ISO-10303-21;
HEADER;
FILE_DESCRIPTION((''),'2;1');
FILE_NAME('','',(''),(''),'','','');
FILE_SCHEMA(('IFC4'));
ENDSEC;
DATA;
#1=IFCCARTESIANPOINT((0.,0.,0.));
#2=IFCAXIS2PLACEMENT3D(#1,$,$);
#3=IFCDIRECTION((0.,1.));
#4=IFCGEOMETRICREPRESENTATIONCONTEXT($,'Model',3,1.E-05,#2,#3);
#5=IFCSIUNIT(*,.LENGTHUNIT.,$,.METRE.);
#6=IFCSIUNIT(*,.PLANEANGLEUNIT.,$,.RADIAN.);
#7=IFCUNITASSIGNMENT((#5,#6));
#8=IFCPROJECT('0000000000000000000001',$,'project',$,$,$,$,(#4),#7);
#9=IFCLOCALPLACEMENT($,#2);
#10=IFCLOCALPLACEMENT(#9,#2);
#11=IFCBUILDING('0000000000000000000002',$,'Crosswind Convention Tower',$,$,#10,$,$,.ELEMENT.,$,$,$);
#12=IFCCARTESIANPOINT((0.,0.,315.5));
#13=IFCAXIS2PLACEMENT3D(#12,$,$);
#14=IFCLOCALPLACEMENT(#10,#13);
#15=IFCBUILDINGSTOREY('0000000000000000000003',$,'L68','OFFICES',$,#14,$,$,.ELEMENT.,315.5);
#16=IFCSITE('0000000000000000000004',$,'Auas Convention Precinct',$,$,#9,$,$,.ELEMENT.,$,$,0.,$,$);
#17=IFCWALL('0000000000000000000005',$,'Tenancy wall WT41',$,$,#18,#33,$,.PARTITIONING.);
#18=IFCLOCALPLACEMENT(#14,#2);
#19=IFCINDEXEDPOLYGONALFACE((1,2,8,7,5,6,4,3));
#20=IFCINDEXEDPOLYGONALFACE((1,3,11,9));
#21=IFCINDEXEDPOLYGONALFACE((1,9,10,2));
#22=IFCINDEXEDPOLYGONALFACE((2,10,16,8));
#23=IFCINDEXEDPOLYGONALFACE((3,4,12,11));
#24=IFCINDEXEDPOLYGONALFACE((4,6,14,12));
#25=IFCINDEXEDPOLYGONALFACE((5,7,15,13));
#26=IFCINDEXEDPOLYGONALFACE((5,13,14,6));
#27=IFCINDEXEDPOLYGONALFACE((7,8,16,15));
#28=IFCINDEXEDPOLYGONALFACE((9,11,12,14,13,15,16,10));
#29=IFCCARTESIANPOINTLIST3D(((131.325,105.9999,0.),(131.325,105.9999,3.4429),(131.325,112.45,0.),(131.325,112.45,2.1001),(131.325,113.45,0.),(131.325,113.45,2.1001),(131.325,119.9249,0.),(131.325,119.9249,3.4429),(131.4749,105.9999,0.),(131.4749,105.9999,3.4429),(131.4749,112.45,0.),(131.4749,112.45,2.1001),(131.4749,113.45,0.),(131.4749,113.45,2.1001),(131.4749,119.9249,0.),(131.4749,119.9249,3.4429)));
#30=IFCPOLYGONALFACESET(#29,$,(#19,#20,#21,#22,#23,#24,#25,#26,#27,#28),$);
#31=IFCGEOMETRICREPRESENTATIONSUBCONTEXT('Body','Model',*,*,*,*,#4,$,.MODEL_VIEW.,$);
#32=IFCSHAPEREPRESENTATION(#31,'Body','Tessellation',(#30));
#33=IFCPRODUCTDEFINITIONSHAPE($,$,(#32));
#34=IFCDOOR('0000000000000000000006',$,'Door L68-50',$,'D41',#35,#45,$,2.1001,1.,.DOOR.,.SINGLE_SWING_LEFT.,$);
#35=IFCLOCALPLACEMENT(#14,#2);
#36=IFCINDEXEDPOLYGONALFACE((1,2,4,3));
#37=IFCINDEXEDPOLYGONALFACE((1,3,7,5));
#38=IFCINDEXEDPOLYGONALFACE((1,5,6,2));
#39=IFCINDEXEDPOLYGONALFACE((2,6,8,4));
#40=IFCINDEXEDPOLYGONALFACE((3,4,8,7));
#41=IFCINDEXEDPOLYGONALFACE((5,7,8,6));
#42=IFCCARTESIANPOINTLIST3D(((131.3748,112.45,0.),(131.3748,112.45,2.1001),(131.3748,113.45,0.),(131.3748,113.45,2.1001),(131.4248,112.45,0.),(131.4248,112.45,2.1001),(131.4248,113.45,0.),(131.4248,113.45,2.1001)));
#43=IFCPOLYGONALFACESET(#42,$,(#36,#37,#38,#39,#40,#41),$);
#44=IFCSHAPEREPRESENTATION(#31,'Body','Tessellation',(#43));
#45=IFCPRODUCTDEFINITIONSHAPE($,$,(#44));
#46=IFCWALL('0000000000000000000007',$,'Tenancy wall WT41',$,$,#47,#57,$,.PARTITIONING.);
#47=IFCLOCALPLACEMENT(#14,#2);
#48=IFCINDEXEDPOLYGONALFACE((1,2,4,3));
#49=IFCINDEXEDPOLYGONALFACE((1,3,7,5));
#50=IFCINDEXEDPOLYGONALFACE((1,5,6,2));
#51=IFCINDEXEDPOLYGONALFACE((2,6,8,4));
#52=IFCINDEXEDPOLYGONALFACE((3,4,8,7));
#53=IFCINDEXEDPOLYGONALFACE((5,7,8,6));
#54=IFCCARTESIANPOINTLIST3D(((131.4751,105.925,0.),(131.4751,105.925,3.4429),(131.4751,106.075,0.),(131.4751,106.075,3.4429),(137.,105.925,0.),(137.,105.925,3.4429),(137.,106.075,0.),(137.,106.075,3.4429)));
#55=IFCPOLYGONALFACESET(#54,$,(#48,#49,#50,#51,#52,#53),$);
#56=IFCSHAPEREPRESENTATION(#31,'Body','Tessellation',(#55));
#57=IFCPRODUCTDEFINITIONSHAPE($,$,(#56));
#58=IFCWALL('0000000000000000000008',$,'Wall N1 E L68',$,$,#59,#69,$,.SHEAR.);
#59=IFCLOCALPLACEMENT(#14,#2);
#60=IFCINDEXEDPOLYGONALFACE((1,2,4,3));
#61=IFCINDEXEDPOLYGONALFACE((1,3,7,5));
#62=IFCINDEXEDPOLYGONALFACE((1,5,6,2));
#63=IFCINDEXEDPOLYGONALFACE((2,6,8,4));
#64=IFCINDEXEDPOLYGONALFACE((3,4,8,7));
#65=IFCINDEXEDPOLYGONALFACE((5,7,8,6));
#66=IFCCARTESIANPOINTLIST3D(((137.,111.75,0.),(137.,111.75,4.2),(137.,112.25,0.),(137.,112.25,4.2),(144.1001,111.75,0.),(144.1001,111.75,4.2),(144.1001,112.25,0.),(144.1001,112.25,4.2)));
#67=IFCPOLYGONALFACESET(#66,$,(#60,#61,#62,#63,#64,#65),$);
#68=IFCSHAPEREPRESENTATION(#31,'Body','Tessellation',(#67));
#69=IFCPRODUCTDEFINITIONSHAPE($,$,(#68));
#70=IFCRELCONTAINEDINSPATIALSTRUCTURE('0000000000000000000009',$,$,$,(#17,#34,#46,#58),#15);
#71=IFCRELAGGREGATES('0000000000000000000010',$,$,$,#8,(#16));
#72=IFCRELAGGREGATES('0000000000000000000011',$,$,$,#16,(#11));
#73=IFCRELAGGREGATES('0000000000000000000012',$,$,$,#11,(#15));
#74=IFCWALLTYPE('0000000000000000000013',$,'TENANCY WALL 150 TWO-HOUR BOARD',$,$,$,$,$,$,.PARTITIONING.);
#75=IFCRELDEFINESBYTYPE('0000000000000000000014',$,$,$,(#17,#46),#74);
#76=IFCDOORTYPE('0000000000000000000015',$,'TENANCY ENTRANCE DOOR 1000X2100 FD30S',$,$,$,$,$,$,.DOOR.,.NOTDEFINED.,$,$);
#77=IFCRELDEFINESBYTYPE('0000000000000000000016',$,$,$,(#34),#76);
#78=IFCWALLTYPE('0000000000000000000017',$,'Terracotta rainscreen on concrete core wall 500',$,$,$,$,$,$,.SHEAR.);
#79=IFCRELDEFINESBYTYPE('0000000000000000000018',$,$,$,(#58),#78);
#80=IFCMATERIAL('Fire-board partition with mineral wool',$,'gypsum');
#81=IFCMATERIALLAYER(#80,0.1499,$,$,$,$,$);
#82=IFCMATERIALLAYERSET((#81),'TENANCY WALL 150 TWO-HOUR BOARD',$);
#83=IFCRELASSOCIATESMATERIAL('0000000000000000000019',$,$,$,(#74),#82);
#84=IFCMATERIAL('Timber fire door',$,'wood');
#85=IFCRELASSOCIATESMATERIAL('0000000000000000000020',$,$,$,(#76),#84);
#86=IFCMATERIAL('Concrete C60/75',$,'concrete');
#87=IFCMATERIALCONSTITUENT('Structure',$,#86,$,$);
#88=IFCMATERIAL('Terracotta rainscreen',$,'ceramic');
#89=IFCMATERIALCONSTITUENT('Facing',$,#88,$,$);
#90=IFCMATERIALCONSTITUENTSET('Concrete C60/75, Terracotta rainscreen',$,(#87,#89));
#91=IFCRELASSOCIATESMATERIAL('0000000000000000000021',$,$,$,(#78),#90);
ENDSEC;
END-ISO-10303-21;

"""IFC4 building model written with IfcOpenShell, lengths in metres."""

from ifc_helpers import new_model, si_unit, direction, frame, frame_2d, origin, place, context, subcontext, project, spatial, rectangle, extrude, material, layer, layer_set, constituent, constituent_set, type_object, element, fill, save


model = new_model("IFC4")

# Units and contexts
model_context = context("Model", 3, precision=1e-05, world=origin(), true_north=direction((0.0, 1.0)))
body_context = subcontext(model_context, "Body", "Model", "MODEL_VIEW")
ifc_project = project(units=[si_unit("LENGTHUNIT", "METRE"), si_unit("PLANEANGLEUNIT", "RADIAN")], contexts=[model_context])

# Site, building, storey
site_placement = place(None, origin())
site = spatial("IfcSite", under=ifc_project, at=site_placement, Name="Auas Convention Precinct", CompositionType="ELEMENT", RefElevation=0.0)
building_placement = place(site_placement, origin())
building = spatial("IfcBuilding", under=site, at=building_placement, Name="Crosswind Convention Tower", CompositionType="ELEMENT")
storey_placement = place(building_placement, frame((0.0, 0.0, 315.5)))
storey = spatial("IfcBuildingStorey", under=building, at=storey_placement, Name="L68", Description="OFFICES", CompositionType="ELEMENT", Elevation=315.5)

# Shared definitions
ifc_material_1 = material(Name="Concrete C60/75", Category="concrete")

# Wall, opening, door
ifc_material_2 = material(Name="Fire-board partition with mineral wool", Category="gypsum")
ifc_layer = layer(ifc_material_2, 0.1499)
ifc_layer_set = layer_set([ifc_layer], Name="TENANCY WALL 150 TWO-HOUR BOARD")
wall_type_1 = type_object("IfcWallType", Name="TENANCY WALL 150 TWO-HOUR BOARD", PredefinedType="PARTITIONING", material=ifc_layer_set)
wall_1_placement = place(storey_placement, frame((131.3999, 106.0, 0.0), z_axis=(0.0, 0.0, 1.0), x_axis=(0.0, 1.0, 0.0)))
wall_1 = element("IfcWall", 1, at=wall_1_placement, inside=storey, type_object=wall_type_1, Name="Tenancy wall WT41", PredefinedType="PARTITIONING", context=body_context, shape_type="SweptSolid", body=[
    extrude(rectangle(XDim=13.925, YDim=0.1499, at=frame_2d((6.9624, 0.0))), origin(), (0.0, 0.0, 1.0), 3.4429),
])
opening_placement = place(wall_1_placement, frame((6.45, 0.0, 0.0)))
opening = element("IfcOpeningElement", 2, at=opening_placement, cuts=wall_1, PredefinedType="OPENING", context=body_context, shape_type="SweptSolid", body=[
    extrude(rectangle(XDim=1.0, YDim=2.1001, at=frame_2d((0.5, 1.05))), frame((0.0, 0.085, 0.0), z_axis=(0.0, -1.0, 0.0), x_axis=(1.0, 0.0, 0.0)), (0.0, 0.0, 1.0), 0.1699),
])
ifc_material_3 = material(Name="Timber fire door", Category="wood")
door_type = type_object("IfcDoorType", Name="TENANCY ENTRANCE DOOR 1000X2100 FD30S", OperationType="NOTDEFINED", PredefinedType="DOOR", material=ifc_material_3)
door_placement = place(opening_placement, frame((1.0, 0.0, 0.0), z_axis=(0.0, 0.0, 1.0), x_axis=(-1.0, 0.0, 0.0)))
door = element("IfcDoor", 3, at=door_placement, inside=storey, type_object=door_type, Name="Door L68-50", ObjectType="D41", OperationType="SINGLE_SWING_LEFT", OverallHeight=2.1001, OverallWidth=1.0, PredefinedType="DOOR", context=body_context, shape_type="SweptSolid", body=[
    extrude(rectangle(XDim=1.0, YDim=2.1001, at=frame_2d((0.5, 1.05))), frame((0.0, 0.0249, 0.0), z_axis=(0.0, -1.0, 0.0), x_axis=(1.0, 0.0, 0.0)), (0.0, 0.0, 1.0), 0.05),
])
fill(opening, door)

# Walls
wall_2_placement = place(storey_placement, frame((131.4751, 106.0, 0.0), z_axis=(0.0, 0.0, 1.0), x_axis=(1.0, 0.0, 0.0)))
element("IfcWall", 4, at=wall_2_placement, inside=storey, type_object=wall_type_1, Name="Tenancy wall WT41", PredefinedType="PARTITIONING", context=body_context, shape_type="SweptSolid", body=[
    extrude(rectangle(XDim=5.5249, YDim=0.1499, at=frame_2d((2.7625, 0.0))), origin(), (0.0, 0.0, 1.0), 3.4429),
])
ifc_constituent_1 = constituent(ifc_material_1, Name="Structure")
ifc_material_4 = material(Name="Terracotta rainscreen", Category="ceramic")
ifc_constituent_2 = constituent(ifc_material_4, Name="Facing")
ifc_constituent_set = constituent_set(constituents=[ifc_constituent_1, ifc_constituent_2], Name="Concrete C60/75, Terracotta rainscreen")
wall_type_2 = type_object("IfcWallType", Name="Terracotta rainscreen on concrete core wall 500", PredefinedType="SHEAR", material=ifc_constituent_set)
wall_3_placement = place(storey_placement, frame((137.0, 112.0, 0.0), z_axis=(0.0, 0.0, 1.0), x_axis=(1.0, 0.0, 0.0)))
element("IfcWall", 5, at=wall_3_placement, inside=storey, type_object=wall_type_2, Name="Wall N1 E L68", PredefinedType="SHEAR", context=body_context, shape_type="SweptSolid", body=[
    extrude(rectangle(XDim=7.1001, YDim=0.5, at=frame_2d((3.55, 0.0))), origin(), (0.0, 0.0, 1.0), 4.2),
])

save(model, "model.ifc")
